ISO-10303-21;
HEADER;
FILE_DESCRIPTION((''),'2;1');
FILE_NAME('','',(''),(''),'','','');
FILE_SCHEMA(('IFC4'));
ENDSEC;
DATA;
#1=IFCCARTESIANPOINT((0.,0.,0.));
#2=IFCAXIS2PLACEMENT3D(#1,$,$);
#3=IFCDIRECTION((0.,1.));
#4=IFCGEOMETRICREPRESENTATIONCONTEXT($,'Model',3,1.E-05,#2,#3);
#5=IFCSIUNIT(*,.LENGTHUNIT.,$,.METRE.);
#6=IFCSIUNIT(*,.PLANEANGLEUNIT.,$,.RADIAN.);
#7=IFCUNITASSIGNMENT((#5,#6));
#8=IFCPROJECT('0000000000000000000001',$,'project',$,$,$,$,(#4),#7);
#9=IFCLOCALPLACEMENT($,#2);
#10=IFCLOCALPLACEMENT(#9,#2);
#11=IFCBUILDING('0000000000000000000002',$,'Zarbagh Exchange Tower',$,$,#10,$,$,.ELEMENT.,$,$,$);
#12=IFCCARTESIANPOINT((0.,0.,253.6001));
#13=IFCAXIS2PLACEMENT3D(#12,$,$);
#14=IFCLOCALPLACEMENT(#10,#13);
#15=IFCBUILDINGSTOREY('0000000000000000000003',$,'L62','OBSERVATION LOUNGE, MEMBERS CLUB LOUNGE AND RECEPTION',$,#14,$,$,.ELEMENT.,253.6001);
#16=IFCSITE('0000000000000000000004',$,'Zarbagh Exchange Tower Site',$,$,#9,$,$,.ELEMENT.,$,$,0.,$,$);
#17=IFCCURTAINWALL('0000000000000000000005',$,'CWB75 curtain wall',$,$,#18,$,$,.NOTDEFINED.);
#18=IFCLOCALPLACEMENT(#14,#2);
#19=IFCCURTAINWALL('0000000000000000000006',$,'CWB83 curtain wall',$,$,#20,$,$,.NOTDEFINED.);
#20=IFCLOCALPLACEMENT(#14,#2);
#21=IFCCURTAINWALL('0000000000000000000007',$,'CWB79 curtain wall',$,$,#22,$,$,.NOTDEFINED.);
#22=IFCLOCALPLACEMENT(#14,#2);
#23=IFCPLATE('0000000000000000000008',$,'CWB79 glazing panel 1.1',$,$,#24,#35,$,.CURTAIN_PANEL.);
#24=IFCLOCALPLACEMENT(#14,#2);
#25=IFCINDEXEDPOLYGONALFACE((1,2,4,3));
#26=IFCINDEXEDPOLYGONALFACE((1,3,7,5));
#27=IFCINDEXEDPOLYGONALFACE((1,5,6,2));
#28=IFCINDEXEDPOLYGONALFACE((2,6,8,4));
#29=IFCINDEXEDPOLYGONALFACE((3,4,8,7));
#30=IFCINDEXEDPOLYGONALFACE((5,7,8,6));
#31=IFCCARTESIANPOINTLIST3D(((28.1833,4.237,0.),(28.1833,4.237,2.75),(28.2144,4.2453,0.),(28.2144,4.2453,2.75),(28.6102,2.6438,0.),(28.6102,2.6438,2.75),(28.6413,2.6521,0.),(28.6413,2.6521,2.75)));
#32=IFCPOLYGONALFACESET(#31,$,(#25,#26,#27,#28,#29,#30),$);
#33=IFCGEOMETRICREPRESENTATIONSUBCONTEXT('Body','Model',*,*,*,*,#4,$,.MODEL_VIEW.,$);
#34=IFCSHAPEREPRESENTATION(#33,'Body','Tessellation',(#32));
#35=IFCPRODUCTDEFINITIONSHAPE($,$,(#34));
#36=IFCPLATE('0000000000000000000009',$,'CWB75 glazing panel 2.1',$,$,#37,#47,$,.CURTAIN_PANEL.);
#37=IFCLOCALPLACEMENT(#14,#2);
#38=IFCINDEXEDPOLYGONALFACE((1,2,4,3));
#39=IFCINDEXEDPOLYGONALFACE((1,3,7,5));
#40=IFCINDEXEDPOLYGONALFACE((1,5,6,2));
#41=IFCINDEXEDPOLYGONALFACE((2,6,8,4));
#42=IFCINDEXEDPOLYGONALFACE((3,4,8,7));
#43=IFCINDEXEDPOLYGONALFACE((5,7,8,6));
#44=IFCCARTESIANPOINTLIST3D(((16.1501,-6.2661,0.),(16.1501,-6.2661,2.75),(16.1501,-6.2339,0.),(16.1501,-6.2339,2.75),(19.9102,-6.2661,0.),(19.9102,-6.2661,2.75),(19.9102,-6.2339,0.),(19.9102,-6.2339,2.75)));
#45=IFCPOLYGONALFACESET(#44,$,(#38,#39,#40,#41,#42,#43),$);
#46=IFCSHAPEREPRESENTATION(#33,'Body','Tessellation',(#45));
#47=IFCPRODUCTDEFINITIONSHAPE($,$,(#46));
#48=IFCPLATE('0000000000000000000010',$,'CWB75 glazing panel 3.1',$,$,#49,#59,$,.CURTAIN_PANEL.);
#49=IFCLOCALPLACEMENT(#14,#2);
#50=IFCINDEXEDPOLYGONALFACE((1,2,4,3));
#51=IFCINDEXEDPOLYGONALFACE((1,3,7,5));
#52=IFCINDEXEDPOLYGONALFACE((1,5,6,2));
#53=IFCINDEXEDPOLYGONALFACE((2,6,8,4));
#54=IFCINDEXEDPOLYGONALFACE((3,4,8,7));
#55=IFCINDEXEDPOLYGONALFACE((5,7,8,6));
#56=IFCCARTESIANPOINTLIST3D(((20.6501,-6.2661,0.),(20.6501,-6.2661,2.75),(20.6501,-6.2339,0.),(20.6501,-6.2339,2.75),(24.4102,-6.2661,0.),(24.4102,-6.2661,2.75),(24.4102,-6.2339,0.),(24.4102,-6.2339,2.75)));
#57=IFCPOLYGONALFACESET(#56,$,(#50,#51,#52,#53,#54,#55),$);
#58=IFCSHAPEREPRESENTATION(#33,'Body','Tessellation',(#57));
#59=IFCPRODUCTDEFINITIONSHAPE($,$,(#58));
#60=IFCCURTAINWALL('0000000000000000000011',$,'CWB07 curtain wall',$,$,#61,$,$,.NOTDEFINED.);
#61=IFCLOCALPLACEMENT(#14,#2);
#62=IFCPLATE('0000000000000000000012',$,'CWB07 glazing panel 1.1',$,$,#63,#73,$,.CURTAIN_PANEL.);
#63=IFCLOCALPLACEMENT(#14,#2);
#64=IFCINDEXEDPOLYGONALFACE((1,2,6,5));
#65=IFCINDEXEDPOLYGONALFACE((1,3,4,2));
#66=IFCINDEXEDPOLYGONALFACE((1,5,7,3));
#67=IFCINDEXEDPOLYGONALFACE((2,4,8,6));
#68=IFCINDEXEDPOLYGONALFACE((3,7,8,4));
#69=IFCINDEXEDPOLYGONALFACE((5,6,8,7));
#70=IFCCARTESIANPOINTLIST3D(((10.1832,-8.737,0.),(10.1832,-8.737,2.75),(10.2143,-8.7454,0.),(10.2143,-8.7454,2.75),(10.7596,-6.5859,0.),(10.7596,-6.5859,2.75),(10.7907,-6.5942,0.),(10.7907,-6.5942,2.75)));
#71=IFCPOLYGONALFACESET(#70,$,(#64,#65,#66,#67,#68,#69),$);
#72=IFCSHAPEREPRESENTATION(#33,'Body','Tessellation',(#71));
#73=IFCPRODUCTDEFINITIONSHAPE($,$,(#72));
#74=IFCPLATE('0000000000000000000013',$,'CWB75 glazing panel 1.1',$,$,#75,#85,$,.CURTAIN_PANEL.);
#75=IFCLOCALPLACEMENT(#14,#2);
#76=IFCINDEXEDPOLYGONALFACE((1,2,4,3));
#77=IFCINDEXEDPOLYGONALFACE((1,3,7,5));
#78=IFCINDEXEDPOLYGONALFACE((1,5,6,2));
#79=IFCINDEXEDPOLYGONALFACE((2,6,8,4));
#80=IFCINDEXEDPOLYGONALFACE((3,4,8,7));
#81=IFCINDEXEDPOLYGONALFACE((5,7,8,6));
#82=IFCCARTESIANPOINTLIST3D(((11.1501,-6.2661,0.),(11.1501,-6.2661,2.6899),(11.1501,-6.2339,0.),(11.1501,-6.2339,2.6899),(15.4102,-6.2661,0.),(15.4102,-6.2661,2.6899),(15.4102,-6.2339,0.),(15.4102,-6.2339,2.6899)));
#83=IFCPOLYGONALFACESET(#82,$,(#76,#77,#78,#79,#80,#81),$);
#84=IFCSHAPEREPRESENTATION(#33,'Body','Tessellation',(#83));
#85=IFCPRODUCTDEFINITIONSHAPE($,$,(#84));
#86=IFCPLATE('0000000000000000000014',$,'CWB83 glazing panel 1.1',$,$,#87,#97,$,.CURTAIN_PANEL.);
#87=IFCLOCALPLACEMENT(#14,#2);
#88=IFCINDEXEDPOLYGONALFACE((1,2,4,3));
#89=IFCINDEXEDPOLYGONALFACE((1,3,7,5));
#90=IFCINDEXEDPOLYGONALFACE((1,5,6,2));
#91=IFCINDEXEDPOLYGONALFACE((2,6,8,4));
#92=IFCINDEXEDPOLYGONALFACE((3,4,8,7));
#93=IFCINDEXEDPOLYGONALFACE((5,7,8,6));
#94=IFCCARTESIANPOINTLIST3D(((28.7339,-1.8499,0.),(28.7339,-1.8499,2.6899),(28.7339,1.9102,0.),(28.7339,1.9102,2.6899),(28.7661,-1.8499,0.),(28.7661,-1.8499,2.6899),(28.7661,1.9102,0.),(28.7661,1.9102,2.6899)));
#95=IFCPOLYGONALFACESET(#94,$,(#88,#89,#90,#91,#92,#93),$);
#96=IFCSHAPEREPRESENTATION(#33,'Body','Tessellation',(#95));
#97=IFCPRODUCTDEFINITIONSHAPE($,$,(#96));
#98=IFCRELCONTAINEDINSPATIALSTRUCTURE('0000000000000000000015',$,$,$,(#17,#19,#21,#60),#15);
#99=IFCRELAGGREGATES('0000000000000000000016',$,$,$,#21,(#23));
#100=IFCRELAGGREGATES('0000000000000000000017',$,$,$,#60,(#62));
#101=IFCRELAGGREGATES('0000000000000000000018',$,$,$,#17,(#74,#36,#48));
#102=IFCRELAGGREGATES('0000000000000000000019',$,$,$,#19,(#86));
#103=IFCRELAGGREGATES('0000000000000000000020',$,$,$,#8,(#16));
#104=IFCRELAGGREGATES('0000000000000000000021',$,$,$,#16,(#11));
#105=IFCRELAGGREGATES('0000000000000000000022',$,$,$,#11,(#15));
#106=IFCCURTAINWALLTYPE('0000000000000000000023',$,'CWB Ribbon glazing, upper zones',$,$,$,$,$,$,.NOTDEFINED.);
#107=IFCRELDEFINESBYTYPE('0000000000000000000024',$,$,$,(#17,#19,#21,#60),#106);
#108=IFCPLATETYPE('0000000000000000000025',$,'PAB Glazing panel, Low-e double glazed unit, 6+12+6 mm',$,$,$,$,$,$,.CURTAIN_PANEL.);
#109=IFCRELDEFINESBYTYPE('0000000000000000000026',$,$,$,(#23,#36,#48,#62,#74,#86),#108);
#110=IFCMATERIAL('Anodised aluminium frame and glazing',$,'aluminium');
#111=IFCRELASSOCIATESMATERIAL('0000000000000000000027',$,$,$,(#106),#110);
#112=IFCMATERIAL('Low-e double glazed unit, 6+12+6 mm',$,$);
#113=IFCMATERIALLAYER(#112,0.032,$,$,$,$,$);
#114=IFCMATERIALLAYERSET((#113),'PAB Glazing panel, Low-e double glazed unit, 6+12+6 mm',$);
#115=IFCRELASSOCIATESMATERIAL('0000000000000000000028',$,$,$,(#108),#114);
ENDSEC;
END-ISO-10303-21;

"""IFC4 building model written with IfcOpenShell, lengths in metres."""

from ifc_helpers import new_model, si_unit, direction, frame, origin, place, context, subcontext, project, spatial, polyline, outline, extrude, source, transform, mapped, material, layer, layer_set, type_object, element, aggregate, save


model = new_model("IFC4")

# Units and contexts
model_context = context("Model", 3, precision=1e-05, world=origin(), true_north=direction((0.0, 1.0)))
body_context = subcontext(model_context, "Body", "Model", "MODEL_VIEW")
ifc_project = project(units=[si_unit("LENGTHUNIT", "METRE"), si_unit("PLANEANGLEUNIT", "RADIAN")], contexts=[model_context])

# Site, building, storey
site_placement = place(None, origin())
site = spatial("IfcSite", under=ifc_project, at=site_placement, Name="Zarbagh Exchange Tower Site", CompositionType="ELEMENT", RefElevation=0.0)
building_placement = place(site_placement, origin())
building = spatial("IfcBuilding", under=site, at=building_placement, Name="Zarbagh Exchange Tower", CompositionType="ELEMENT")
storey_placement = place(building_placement, frame((0.0, 0.0, 253.6001)))
storey = spatial("IfcBuildingStorey", under=building, at=storey_placement, Name="L62", Description="OBSERVATION LOUNGE, MEMBERS CLUB LOUNGE AND RECEPTION", CompositionType="ELEMENT", Elevation=253.6001)

# Curtain wall
ifc_material_1 = material(Name="Anodised aluminium frame and glazing", Category="aluminium")
curtain_wall_type = type_object("IfcCurtainWallType", Name="CWB Ribbon glazing, upper zones", PredefinedType="NOTDEFINED", material=ifc_material_1)
curtain_wall_1_placement = place(storey_placement, origin())
curtain_wall_1 = element("IfcCurtainWall", 1, at=curtain_wall_1_placement, inside=storey, type_object=curtain_wall_type, Name="CWB75 curtain wall", PredefinedType="NOTDEFINED")
placement = place(storey_placement, origin())

# Curtain walls
curtain_wall_2_placement = place(storey_placement, origin())
curtain_wall_2 = element("IfcCurtainWall", 2, at=curtain_wall_2_placement, inside=storey, type_object=curtain_wall_type, Name="CWB83 curtain wall", PredefinedType="NOTDEFINED")
curtain_wall_3_placement = place(storey_placement, origin())
curtain_wall_3 = element("IfcCurtainWall", 3, at=curtain_wall_3_placement, inside=storey, type_object=curtain_wall_type, Name="CWB79 curtain wall", PredefinedType="NOTDEFINED")

# Shared definitions
ifc_material_2 = material(Name="Low-e double glazed unit, 6+12+6 mm")
ifc_layer = layer(ifc_material_2, 0.032)
ifc_layer_set = layer_set([ifc_layer], Name="PAB Glazing panel, Low-e double glazed unit, 6+12+6 mm")
plate_type = type_object("IfcPlateType", Name="PAB Glazing panel, Low-e double glazed unit, 6+12+6 mm", PredefinedType="CURTAIN_PANEL", material=ifc_layer_set)

# Plates
shared_shape_1 = source(origin(), body_context, "Body", "SweptSolid", [
    extrude(outline(polyline([(0.0, -0.0161), (1.6494, -0.0161), (1.6494, 0.0161), (0.0, 0.0161), (0.0, -0.0161)])), origin(), (0.0, 0.0, 1.0), 2.75),
])
plate_1 = element("IfcPlate", 4, at=placement, type_object=plate_type, Name="CWB79 glazing panel 1.1", PredefinedType="CURTAIN_PANEL", context=body_context, shape_type="MappedRepresentation", body=[
    mapped(shared_shape_1, transform((28.6257, 2.6479, 0.0), x_axis=(-0.258825, 0.965924, 0.0), y_axis=(-0.965924, -0.258825, 0.0), z_axis=(0.0, 0.0, 1.0))),
])
aggregate(curtain_wall_3, [plate_1])
shared_shape_2 = source(origin(), body_context, "Body", "SweptSolid", [
    extrude(outline(polyline([(0.0, -0.0161), (3.76, -0.0161), (3.76, 0.0161), (0.0, 0.0161), (0.0, -0.0161)])), origin(), (0.0, 0.0, 1.0), 2.75),
])
plate_2 = element("IfcPlate", 5, at=placement, type_object=plate_type, Name="CWB75 glazing panel 2.1", PredefinedType="CURTAIN_PANEL", context=body_context, shape_type="MappedRepresentation", body=[
    mapped(shared_shape_2, transform((16.1501, -6.25, 0.0), x_axis=(1.0, 0.0, 0.0), y_axis=(0.0, 1.0, 0.0), z_axis=(0.0, 0.0, 1.0))),
])
plate_3 = element("IfcPlate", 6, at=placement, type_object=plate_type, Name="CWB75 glazing panel 3.1", PredefinedType="CURTAIN_PANEL", context=body_context, shape_type="MappedRepresentation", body=[
    mapped(shared_shape_2, transform((20.6501, -6.25, 0.0), x_axis=(1.0, 0.0, 0.0), y_axis=(0.0, 1.0, 0.0), z_axis=(0.0, 0.0, 1.0))),
])

# Curtain wall, plate
curtain_wall_4_placement = place(storey_placement, origin())
curtain_wall_4 = element("IfcCurtainWall", 7, at=curtain_wall_4_placement, inside=storey, type_object=curtain_wall_type, Name="CWB07 curtain wall", PredefinedType="NOTDEFINED")
shared_shape_3 = source(origin(), body_context, "Body", "SweptSolid", [
    extrude(outline(polyline([(0.0, -0.0161), (2.2271, -0.0161), (2.2271, 0.0161), (0.0, 0.0161), (0.0, -0.0161)])), origin(), (0.0, 0.0, 1.0), 2.75),
])
plate_4 = element("IfcPlate", 8, at=placement, type_object=plate_type, Name="CWB07 glazing panel 1.1", PredefinedType="CURTAIN_PANEL", context=body_context, shape_type="MappedRepresentation", body=[
    mapped(shared_shape_3, transform((10.1987, -8.7412, 0.0), x_axis=(0.258825, 0.965924, 0.0), y_axis=(-0.965924, 0.258825, 0.0), z_axis=(0.0, 0.0, 1.0))),
])
aggregate(curtain_wall_4, [plate_4])

# Plates
shared_shape_4 = source(origin(), body_context, "Body", "SweptSolid", [
    extrude(outline(polyline([(0.0, -0.0161), (4.26, -0.0161), (4.26, 0.0161), (0.0, 0.0161), (0.0, -0.0161)])), origin(), (0.0, 0.0, 1.0), 2.6899),
])
plate_5 = element("IfcPlate", 9, at=placement, type_object=plate_type, Name="CWB75 glazing panel 1.1", PredefinedType="CURTAIN_PANEL", context=body_context, shape_type="MappedRepresentation", body=[
    mapped(shared_shape_4, transform((11.1501, -6.25, 0.0), x_axis=(1.0, 0.0, 0.0), y_axis=(0.0, 1.0, 0.0), z_axis=(0.0, 0.0, 1.0))),
])
aggregate(curtain_wall_1, [plate_5, plate_2, plate_3])
shared_shape_5 = source(origin(), body_context, "Body", "SweptSolid", [
    extrude(outline(polyline([(0.0, -0.0161), (3.76, -0.0161), (3.76, 0.0161), (0.0, 0.0161), (0.0, -0.0161)])), origin(), (0.0, 0.0, 1.0), 2.6899),
])
plate_6 = element("IfcPlate", 10, at=placement, type_object=plate_type, Name="CWB83 glazing panel 1.1", PredefinedType="CURTAIN_PANEL", context=body_context, shape_type="MappedRepresentation", body=[
    mapped(shared_shape_5, transform((28.75, -1.8499, 0.0), x_axis=(0.0, 1.0, 0.0), y_axis=(-1.0, 0.0, 0.0), z_axis=(0.0, 0.0, 1.0))),
])
aggregate(curtain_wall_2, [plate_6])

save(model, "model.ifc")
